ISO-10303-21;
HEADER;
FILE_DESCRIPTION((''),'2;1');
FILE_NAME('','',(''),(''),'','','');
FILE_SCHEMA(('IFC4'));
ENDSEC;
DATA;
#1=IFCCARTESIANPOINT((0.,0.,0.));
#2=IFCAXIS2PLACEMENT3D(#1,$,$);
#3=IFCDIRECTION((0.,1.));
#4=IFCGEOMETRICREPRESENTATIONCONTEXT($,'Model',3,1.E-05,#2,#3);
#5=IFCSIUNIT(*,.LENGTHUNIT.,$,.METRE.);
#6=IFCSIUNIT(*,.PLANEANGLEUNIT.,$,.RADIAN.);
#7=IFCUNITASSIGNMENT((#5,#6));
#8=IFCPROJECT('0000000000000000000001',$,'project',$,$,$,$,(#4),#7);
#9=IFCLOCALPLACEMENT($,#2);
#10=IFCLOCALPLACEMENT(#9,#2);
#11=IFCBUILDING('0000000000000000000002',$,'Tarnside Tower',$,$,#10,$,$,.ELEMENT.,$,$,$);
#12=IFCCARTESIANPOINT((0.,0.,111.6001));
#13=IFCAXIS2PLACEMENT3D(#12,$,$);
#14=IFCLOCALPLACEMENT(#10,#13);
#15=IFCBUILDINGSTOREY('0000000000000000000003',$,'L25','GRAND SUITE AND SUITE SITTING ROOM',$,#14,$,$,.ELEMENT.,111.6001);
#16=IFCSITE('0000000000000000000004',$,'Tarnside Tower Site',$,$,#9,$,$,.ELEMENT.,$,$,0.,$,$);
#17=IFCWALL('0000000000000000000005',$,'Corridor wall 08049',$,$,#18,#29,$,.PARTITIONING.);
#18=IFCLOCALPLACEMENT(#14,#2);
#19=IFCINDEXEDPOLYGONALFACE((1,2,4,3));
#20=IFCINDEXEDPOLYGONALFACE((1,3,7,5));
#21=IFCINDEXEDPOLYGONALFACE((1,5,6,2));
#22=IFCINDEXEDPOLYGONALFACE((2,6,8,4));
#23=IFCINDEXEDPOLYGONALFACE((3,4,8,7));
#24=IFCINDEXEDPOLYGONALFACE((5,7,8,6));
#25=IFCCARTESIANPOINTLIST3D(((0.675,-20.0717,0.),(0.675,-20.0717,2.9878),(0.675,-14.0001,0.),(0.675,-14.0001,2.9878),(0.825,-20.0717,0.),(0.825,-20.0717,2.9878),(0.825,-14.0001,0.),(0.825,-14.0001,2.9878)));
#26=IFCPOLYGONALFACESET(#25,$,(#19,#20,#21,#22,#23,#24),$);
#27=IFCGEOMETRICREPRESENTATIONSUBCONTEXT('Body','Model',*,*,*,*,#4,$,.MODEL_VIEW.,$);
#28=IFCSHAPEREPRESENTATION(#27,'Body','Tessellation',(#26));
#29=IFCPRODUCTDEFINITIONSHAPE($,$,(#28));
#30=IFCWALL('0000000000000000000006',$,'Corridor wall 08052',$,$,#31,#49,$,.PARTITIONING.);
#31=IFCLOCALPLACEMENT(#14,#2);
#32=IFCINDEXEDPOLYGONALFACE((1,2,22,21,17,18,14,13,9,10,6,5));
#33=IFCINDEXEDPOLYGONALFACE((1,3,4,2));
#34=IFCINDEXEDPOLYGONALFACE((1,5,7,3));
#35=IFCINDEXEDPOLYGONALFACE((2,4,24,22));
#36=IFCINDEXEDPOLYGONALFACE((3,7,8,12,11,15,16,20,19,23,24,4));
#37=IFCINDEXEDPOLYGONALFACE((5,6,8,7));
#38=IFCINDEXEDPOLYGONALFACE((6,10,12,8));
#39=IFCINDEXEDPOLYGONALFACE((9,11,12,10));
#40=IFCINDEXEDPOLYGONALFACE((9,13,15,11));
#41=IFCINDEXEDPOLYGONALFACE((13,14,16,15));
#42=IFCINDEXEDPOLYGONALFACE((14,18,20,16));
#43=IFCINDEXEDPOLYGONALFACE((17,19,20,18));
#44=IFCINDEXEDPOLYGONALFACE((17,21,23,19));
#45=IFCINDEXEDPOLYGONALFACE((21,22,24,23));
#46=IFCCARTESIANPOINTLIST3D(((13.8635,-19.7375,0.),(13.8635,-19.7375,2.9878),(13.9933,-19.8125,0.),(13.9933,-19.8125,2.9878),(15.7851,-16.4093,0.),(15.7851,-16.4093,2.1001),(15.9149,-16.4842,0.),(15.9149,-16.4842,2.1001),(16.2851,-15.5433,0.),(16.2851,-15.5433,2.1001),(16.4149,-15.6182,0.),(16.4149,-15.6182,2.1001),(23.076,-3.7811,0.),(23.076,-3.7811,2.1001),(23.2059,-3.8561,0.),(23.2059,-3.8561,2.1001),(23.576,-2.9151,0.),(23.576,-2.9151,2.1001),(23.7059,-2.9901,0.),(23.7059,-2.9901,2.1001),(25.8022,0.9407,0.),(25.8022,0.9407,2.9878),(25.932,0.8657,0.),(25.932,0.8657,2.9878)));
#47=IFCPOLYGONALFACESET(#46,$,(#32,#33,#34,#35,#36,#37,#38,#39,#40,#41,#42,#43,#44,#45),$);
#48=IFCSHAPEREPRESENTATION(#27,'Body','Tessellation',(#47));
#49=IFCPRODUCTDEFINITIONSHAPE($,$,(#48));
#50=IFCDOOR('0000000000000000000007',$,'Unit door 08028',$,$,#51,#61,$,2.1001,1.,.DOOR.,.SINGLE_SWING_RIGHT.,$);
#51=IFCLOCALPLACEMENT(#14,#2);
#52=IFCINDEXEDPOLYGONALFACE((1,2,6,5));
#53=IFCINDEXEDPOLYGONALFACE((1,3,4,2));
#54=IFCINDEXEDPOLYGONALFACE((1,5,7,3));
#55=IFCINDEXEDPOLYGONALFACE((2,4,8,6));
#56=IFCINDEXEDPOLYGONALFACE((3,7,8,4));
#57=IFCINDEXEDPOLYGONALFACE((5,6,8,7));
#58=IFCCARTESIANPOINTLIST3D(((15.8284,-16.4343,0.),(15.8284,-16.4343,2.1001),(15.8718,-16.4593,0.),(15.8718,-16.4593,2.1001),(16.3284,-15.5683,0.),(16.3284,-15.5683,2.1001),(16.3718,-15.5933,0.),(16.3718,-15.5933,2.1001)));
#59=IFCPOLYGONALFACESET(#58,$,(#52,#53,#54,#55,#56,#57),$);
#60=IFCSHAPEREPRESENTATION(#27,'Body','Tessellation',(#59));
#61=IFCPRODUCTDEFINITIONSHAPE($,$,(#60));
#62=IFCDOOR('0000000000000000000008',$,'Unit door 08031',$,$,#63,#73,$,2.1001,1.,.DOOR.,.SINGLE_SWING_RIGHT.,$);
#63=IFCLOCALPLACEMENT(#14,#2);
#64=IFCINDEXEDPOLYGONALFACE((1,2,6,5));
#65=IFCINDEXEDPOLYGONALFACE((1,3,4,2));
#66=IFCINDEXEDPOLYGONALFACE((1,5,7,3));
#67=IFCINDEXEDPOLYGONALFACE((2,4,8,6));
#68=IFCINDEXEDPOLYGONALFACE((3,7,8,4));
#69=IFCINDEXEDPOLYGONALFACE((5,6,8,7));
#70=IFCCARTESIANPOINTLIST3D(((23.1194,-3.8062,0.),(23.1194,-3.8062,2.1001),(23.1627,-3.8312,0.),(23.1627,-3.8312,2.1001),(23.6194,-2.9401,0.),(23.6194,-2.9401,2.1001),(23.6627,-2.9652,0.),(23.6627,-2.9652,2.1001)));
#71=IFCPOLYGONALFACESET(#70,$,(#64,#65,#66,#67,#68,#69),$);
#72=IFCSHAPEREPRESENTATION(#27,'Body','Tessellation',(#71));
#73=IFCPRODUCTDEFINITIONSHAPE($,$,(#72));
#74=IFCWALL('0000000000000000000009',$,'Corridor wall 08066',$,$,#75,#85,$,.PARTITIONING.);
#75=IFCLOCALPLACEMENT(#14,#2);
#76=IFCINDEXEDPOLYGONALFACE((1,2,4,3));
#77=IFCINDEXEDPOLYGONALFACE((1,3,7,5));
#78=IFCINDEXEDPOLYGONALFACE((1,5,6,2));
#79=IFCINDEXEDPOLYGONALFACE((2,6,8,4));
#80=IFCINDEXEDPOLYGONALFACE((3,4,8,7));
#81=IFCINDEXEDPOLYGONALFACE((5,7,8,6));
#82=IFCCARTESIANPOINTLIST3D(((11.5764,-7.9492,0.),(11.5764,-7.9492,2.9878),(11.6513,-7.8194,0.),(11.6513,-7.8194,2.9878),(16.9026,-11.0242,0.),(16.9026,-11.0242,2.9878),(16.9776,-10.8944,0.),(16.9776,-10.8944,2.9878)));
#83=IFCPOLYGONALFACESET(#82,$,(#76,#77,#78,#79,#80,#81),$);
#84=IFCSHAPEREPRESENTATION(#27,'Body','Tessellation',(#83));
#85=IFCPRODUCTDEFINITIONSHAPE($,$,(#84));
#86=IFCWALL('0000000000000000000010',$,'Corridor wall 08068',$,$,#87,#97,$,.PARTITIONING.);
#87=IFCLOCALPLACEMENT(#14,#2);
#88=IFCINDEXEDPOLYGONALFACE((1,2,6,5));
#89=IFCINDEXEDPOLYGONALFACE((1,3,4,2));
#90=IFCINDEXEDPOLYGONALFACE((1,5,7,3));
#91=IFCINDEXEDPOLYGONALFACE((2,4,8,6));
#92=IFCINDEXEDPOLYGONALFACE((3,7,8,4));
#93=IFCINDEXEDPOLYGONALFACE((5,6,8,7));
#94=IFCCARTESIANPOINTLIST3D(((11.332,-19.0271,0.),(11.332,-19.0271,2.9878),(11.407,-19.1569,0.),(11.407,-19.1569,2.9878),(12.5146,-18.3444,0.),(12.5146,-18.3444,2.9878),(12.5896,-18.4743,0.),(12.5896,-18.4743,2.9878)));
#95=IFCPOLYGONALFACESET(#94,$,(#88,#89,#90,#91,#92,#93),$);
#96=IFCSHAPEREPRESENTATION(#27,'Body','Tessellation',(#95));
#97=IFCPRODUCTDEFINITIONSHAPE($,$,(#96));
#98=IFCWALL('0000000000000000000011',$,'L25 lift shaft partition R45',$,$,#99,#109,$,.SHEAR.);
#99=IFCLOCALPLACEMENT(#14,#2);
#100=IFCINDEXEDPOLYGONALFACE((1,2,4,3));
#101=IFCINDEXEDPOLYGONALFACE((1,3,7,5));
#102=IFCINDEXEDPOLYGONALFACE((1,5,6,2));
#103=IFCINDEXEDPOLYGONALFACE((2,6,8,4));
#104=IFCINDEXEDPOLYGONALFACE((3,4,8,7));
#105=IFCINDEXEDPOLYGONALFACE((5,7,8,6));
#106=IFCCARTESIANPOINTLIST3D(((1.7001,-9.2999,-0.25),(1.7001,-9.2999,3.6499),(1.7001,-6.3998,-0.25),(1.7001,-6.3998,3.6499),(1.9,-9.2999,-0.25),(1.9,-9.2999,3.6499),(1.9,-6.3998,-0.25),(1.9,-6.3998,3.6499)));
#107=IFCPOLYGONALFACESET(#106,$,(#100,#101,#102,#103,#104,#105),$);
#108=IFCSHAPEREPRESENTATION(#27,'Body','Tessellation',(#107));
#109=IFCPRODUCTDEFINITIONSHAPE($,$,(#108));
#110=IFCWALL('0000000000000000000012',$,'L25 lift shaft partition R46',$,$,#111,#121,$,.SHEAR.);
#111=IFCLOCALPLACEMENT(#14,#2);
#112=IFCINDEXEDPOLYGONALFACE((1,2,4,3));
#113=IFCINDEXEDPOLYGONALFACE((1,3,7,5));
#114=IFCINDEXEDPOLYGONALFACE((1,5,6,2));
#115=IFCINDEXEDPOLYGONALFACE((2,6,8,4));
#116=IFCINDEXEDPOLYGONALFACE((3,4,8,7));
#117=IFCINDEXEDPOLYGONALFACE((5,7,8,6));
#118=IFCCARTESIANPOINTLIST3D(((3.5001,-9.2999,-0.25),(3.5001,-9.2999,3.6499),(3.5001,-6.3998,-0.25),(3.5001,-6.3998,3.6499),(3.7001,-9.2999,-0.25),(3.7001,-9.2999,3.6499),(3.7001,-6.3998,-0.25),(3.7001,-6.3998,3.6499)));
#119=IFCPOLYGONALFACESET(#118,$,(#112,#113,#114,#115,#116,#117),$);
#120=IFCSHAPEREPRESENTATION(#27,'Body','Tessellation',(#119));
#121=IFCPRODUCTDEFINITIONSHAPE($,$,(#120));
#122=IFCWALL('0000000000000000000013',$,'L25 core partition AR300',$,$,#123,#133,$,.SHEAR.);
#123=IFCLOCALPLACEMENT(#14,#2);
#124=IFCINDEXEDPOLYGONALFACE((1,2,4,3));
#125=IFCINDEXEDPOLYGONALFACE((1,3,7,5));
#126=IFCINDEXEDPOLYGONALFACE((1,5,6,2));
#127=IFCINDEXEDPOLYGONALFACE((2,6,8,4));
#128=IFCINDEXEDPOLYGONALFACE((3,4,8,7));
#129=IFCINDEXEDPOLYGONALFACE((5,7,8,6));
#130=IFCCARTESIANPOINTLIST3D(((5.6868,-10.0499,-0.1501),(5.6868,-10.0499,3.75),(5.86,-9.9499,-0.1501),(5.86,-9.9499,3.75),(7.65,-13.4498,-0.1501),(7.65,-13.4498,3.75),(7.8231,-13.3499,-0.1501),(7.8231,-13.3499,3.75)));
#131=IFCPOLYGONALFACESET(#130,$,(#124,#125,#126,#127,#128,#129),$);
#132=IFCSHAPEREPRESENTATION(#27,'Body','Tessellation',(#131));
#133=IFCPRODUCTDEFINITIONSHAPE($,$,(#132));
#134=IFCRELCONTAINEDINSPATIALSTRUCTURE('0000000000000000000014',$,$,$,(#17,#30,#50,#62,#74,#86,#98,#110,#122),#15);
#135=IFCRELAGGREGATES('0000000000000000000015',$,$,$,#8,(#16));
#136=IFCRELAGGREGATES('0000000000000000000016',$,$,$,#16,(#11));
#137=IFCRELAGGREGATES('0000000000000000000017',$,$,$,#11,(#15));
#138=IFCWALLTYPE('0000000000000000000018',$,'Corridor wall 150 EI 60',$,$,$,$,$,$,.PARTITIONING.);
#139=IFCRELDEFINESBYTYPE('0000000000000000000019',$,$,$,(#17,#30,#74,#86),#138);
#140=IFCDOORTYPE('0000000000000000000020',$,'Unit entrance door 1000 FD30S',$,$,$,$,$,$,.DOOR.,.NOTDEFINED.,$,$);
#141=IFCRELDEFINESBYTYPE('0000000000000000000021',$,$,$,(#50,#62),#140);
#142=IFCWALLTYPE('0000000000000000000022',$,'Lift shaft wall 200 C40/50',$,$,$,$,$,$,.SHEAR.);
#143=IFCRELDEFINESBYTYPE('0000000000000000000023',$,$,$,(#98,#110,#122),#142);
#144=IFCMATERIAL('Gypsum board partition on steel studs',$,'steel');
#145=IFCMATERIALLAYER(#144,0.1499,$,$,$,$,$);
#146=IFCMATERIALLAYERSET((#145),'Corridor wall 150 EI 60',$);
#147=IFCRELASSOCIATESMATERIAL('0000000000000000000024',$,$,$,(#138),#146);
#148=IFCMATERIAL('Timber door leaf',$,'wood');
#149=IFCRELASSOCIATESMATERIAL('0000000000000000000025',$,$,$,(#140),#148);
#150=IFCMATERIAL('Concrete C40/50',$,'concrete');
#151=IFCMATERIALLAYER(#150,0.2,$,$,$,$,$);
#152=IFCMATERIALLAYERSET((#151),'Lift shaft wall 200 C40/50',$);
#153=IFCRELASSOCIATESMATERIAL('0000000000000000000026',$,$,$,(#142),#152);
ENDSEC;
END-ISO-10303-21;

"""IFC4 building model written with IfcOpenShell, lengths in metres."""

from ifc_helpers import new_model, si_unit, direction, frame, frame_2d, origin, place, context, subcontext, project, spatial, rectangle, extrude, material, layer, layer_set, type_object, element, fill, save


model = new_model("IFC4")

# Units and contexts
model_context = context("Model", 3, precision=1e-05, world=origin(), true_north=direction((0.0, 1.0)))
body_context = subcontext(model_context, "Body", "Model", "MODEL_VIEW")
ifc_project = project(units=[si_unit("LENGTHUNIT", "METRE"), si_unit("PLANEANGLEUNIT", "RADIAN")], contexts=[model_context])

# Site, building, storey
site_placement = place(None, origin())
site = spatial("IfcSite", under=ifc_project, at=site_placement, Name="Tarnside Tower Site", CompositionType="ELEMENT", RefElevation=0.0)
building_placement = place(site_placement, origin())
building = spatial("IfcBuilding", under=site, at=building_placement, Name="Tarnside Tower", CompositionType="ELEMENT")
storey_placement = place(building_placement, frame((0.0, 0.0, 111.6001)))
storey = spatial("IfcBuildingStorey", under=building, at=storey_placement, Name="L25", Description="GRAND SUITE AND SUITE SITTING ROOM", CompositionType="ELEMENT", Elevation=111.6001)

# Shared definitions
ifc_material_1 = material(Name="Concrete C40/50", Category="concrete")
ifc_material_2 = material(Name="Gypsum board partition on steel studs", Category="steel")
ifc_layer_1 = layer(ifc_material_2, 0.1499)
ifc_layer_set_1 = layer_set([ifc_layer_1], Name="Corridor wall 150 EI 60")
wall_type_1 = type_object("IfcWallType", Name="Corridor wall 150 EI 60", PredefinedType="PARTITIONING", material=ifc_layer_set_1)
ifc_material_3 = material(Name="Timber door leaf", Category="wood")

# Wall
wall_1_placement = place(storey_placement, frame((0.75, -20.0715, 0.0), z_axis=(0.0, 0.0, 1.0), x_axis=(0.0, 1.0, 0.0)))
element("IfcWall", 1, at=wall_1_placement, inside=storey, type_object=wall_type_1, Name="Corridor wall 08049", PredefinedType="PARTITIONING", context=body_context, shape_type="SweptSolid", body=[
    extrude(rectangle(XDim=6.0715, YDim=0.1499, at=frame_2d((3.0356, 0.0))), origin(), (0.0, 0.0, 1.0), 2.9878),
])

# Wall, openings, doors
wall_2_placement = place(storey_placement, frame((13.9285, -19.7749, 0.0), z_axis=(0.0, 0.0, 1.0), x_axis=(0.500005, 0.866023, 0.0)))
wall_2 = element("IfcWall", 2, at=wall_2_placement, inside=storey, type_object=wall_type_1, Name="Corridor wall 08052", PredefinedType="PARTITIONING", context=body_context, shape_type="SweptSolid", body=[
    extrude(rectangle(XDim=23.8772, YDim=0.1499, at=frame_2d((11.9385, 0.0))), origin(), (0.0, 0.0, 1.0), 2.9878),
])
opening_1_placement = place(wall_2_placement, frame((3.843, 0.0, 0.0)))
opening_1 = element("IfcOpeningElement", 3, at=opening_1_placement, cuts=wall_2, PredefinedType="OPENING", context=body_context, shape_type="SweptSolid", body=[
    extrude(rectangle(XDim=1.0, YDim=2.1001, at=frame_2d((0.5, 1.05))), frame((0.0, 0.085, 0.0), z_axis=(0.0, -1.0, 0.0), x_axis=(1.0, 0.0, 0.0)), (0.0, 0.0, 1.0), 0.1699),
])
opening_2_placement = place(wall_2_placement, frame((18.4248, 0.0, 0.0)))
opening_2 = element("IfcOpeningElement", 4, at=opening_2_placement, cuts=wall_2, PredefinedType="OPENING", context=body_context, shape_type="SweptSolid", body=[
    extrude(rectangle(XDim=1.0, YDim=2.1001, at=frame_2d((0.5, 1.05))), frame((0.0, 0.085, 0.0), z_axis=(0.0, -1.0, 0.0), x_axis=(1.0, 0.0, 0.0)), (0.0, 0.0, 1.0), 0.1699),
])
door_type_1 = type_object("IfcDoorType", Name="Unit entrance door 1000 FD30S", OperationType="NOTDEFINED", PredefinedType="DOOR", material=ifc_material_3)
door_1_placement = place(opening_1_placement, origin())
door_1 = element("IfcDoor", 5, at=door_1_placement, inside=storey, type_object=door_type_1, Name="Unit door 08028", OperationType="SINGLE_SWING_RIGHT", OverallHeight=2.1001, OverallWidth=1.0, PredefinedType="DOOR", context=body_context, shape_type="SweptSolid", body=[
    extrude(rectangle(XDim=1.0, YDim=2.1001, at=frame_2d((0.5, 1.05))), frame((0.0, 0.0249, 0.0), z_axis=(0.0, -1.0, 0.0), x_axis=(1.0, 0.0, 0.0)), (0.0, 0.0, 1.0), 0.05),
])
fill(opening_1, door_1)
door_2_placement = place(opening_2_placement, origin())
door_2 = element("IfcDoor", 6, at=door_2_placement, inside=storey, type_object=door_type_1, Name="Unit door 08031", OperationType="SINGLE_SWING_RIGHT", OverallHeight=2.1001, OverallWidth=1.0, PredefinedType="DOOR", context=body_context, shape_type="SweptSolid", body=[
    extrude(rectangle(XDim=1.0, YDim=2.1001, at=frame_2d((0.5, 1.05))), frame((0.0, 0.0249, 0.0), z_axis=(0.0, -1.0, 0.0), x_axis=(1.0, 0.0, 0.0)), (0.0, 0.0, 1.0), 0.05),
])
fill(opening_2, door_2)

# Walls
wall_3_placement = place(storey_placement, frame((11.6138, -7.8843, 0.0), z_axis=(0.0, 0.0, 1.0), x_axis=(0.866034, -0.499986, 0.0)))
element("IfcWall", 7, at=wall_3_placement, inside=storey, type_object=wall_type_1, Name="Corridor wall 08066", PredefinedType="PARTITIONING", context=body_context, shape_type="SweptSolid", body=[
    extrude(rectangle(XDim=6.1501, YDim=0.1499, at=frame_2d((3.0752, 0.0))), origin(), (0.0, 0.0, 1.0), 2.9878),
])
wall_4_placement = place(storey_placement, frame((12.552, -18.4094, 0.0), z_axis=(0.0, 0.0, 1.0), x_axis=(-0.866078, -0.499908, 0.0)))
element("IfcWall", 8, at=wall_4_placement, inside=storey, type_object=wall_type_1, Name="Corridor wall 08068", PredefinedType="PARTITIONING", context=body_context, shape_type="SweptSolid", body=[
    extrude(rectangle(XDim=1.3655, YDim=0.1499, at=frame_2d((0.6826, 0.0))), origin(), (0.0, 0.0, 1.0), 2.9878),
])
ifc_layer_2 = layer(ifc_material_1, 0.2)
ifc_layer_set_2 = layer_set([ifc_layer_2], Name="Lift shaft wall 200 C40/50")
wall_type_2 = type_object("IfcWallType", Name="Lift shaft wall 200 C40/50", PredefinedType="SHEAR", material=ifc_layer_set_2)
for number, where, z_axis, x_axis, name in (
    (9, (1.8, -9.3, -0.25), (0.0, 0.0, 1.0), (0.0, 1.0, 0.0), "L25 lift shaft partition R45"),
    (10, (3.6001, -9.3, -0.25), (0.0, 0.0, 1.0), (0.0, 1.0, 0.0), "L25 lift shaft partition R46"),
):
    element("IfcWall", number, at=place(storey_placement, frame(where, z_axis=z_axis, x_axis=x_axis)), inside=storey, type_object=wall_type_2, Name=name, PredefinedType="SHEAR", context=body_context, shape_type="SweptSolid", body=[
        extrude(rectangle(XDim=2.9001, YDim=0.2, at=frame_2d((1.4502, 0.0))), origin(), (0.0, 0.0, 1.0), 3.8999),
    ])
wall_5_placement = place(storey_placement, frame((5.7734, -10.0, -0.1501), z_axis=(0.0, 0.0, 1.0), x_axis=(0.500038, -0.866003, 0.0)))
element("IfcWall", 11, at=wall_5_placement, inside=storey, type_object=wall_type_2, Name="L25 core partition AR300", PredefinedType="SHEAR", context=body_context, shape_type="SweptSolid", body=[
    extrude(rectangle(XDim=3.926, YDim=0.2, at=frame_2d((1.9629, 0.0))), origin(), (0.0, 0.0, 1.0), 3.9001),
])

save(model, "model.ifc")
